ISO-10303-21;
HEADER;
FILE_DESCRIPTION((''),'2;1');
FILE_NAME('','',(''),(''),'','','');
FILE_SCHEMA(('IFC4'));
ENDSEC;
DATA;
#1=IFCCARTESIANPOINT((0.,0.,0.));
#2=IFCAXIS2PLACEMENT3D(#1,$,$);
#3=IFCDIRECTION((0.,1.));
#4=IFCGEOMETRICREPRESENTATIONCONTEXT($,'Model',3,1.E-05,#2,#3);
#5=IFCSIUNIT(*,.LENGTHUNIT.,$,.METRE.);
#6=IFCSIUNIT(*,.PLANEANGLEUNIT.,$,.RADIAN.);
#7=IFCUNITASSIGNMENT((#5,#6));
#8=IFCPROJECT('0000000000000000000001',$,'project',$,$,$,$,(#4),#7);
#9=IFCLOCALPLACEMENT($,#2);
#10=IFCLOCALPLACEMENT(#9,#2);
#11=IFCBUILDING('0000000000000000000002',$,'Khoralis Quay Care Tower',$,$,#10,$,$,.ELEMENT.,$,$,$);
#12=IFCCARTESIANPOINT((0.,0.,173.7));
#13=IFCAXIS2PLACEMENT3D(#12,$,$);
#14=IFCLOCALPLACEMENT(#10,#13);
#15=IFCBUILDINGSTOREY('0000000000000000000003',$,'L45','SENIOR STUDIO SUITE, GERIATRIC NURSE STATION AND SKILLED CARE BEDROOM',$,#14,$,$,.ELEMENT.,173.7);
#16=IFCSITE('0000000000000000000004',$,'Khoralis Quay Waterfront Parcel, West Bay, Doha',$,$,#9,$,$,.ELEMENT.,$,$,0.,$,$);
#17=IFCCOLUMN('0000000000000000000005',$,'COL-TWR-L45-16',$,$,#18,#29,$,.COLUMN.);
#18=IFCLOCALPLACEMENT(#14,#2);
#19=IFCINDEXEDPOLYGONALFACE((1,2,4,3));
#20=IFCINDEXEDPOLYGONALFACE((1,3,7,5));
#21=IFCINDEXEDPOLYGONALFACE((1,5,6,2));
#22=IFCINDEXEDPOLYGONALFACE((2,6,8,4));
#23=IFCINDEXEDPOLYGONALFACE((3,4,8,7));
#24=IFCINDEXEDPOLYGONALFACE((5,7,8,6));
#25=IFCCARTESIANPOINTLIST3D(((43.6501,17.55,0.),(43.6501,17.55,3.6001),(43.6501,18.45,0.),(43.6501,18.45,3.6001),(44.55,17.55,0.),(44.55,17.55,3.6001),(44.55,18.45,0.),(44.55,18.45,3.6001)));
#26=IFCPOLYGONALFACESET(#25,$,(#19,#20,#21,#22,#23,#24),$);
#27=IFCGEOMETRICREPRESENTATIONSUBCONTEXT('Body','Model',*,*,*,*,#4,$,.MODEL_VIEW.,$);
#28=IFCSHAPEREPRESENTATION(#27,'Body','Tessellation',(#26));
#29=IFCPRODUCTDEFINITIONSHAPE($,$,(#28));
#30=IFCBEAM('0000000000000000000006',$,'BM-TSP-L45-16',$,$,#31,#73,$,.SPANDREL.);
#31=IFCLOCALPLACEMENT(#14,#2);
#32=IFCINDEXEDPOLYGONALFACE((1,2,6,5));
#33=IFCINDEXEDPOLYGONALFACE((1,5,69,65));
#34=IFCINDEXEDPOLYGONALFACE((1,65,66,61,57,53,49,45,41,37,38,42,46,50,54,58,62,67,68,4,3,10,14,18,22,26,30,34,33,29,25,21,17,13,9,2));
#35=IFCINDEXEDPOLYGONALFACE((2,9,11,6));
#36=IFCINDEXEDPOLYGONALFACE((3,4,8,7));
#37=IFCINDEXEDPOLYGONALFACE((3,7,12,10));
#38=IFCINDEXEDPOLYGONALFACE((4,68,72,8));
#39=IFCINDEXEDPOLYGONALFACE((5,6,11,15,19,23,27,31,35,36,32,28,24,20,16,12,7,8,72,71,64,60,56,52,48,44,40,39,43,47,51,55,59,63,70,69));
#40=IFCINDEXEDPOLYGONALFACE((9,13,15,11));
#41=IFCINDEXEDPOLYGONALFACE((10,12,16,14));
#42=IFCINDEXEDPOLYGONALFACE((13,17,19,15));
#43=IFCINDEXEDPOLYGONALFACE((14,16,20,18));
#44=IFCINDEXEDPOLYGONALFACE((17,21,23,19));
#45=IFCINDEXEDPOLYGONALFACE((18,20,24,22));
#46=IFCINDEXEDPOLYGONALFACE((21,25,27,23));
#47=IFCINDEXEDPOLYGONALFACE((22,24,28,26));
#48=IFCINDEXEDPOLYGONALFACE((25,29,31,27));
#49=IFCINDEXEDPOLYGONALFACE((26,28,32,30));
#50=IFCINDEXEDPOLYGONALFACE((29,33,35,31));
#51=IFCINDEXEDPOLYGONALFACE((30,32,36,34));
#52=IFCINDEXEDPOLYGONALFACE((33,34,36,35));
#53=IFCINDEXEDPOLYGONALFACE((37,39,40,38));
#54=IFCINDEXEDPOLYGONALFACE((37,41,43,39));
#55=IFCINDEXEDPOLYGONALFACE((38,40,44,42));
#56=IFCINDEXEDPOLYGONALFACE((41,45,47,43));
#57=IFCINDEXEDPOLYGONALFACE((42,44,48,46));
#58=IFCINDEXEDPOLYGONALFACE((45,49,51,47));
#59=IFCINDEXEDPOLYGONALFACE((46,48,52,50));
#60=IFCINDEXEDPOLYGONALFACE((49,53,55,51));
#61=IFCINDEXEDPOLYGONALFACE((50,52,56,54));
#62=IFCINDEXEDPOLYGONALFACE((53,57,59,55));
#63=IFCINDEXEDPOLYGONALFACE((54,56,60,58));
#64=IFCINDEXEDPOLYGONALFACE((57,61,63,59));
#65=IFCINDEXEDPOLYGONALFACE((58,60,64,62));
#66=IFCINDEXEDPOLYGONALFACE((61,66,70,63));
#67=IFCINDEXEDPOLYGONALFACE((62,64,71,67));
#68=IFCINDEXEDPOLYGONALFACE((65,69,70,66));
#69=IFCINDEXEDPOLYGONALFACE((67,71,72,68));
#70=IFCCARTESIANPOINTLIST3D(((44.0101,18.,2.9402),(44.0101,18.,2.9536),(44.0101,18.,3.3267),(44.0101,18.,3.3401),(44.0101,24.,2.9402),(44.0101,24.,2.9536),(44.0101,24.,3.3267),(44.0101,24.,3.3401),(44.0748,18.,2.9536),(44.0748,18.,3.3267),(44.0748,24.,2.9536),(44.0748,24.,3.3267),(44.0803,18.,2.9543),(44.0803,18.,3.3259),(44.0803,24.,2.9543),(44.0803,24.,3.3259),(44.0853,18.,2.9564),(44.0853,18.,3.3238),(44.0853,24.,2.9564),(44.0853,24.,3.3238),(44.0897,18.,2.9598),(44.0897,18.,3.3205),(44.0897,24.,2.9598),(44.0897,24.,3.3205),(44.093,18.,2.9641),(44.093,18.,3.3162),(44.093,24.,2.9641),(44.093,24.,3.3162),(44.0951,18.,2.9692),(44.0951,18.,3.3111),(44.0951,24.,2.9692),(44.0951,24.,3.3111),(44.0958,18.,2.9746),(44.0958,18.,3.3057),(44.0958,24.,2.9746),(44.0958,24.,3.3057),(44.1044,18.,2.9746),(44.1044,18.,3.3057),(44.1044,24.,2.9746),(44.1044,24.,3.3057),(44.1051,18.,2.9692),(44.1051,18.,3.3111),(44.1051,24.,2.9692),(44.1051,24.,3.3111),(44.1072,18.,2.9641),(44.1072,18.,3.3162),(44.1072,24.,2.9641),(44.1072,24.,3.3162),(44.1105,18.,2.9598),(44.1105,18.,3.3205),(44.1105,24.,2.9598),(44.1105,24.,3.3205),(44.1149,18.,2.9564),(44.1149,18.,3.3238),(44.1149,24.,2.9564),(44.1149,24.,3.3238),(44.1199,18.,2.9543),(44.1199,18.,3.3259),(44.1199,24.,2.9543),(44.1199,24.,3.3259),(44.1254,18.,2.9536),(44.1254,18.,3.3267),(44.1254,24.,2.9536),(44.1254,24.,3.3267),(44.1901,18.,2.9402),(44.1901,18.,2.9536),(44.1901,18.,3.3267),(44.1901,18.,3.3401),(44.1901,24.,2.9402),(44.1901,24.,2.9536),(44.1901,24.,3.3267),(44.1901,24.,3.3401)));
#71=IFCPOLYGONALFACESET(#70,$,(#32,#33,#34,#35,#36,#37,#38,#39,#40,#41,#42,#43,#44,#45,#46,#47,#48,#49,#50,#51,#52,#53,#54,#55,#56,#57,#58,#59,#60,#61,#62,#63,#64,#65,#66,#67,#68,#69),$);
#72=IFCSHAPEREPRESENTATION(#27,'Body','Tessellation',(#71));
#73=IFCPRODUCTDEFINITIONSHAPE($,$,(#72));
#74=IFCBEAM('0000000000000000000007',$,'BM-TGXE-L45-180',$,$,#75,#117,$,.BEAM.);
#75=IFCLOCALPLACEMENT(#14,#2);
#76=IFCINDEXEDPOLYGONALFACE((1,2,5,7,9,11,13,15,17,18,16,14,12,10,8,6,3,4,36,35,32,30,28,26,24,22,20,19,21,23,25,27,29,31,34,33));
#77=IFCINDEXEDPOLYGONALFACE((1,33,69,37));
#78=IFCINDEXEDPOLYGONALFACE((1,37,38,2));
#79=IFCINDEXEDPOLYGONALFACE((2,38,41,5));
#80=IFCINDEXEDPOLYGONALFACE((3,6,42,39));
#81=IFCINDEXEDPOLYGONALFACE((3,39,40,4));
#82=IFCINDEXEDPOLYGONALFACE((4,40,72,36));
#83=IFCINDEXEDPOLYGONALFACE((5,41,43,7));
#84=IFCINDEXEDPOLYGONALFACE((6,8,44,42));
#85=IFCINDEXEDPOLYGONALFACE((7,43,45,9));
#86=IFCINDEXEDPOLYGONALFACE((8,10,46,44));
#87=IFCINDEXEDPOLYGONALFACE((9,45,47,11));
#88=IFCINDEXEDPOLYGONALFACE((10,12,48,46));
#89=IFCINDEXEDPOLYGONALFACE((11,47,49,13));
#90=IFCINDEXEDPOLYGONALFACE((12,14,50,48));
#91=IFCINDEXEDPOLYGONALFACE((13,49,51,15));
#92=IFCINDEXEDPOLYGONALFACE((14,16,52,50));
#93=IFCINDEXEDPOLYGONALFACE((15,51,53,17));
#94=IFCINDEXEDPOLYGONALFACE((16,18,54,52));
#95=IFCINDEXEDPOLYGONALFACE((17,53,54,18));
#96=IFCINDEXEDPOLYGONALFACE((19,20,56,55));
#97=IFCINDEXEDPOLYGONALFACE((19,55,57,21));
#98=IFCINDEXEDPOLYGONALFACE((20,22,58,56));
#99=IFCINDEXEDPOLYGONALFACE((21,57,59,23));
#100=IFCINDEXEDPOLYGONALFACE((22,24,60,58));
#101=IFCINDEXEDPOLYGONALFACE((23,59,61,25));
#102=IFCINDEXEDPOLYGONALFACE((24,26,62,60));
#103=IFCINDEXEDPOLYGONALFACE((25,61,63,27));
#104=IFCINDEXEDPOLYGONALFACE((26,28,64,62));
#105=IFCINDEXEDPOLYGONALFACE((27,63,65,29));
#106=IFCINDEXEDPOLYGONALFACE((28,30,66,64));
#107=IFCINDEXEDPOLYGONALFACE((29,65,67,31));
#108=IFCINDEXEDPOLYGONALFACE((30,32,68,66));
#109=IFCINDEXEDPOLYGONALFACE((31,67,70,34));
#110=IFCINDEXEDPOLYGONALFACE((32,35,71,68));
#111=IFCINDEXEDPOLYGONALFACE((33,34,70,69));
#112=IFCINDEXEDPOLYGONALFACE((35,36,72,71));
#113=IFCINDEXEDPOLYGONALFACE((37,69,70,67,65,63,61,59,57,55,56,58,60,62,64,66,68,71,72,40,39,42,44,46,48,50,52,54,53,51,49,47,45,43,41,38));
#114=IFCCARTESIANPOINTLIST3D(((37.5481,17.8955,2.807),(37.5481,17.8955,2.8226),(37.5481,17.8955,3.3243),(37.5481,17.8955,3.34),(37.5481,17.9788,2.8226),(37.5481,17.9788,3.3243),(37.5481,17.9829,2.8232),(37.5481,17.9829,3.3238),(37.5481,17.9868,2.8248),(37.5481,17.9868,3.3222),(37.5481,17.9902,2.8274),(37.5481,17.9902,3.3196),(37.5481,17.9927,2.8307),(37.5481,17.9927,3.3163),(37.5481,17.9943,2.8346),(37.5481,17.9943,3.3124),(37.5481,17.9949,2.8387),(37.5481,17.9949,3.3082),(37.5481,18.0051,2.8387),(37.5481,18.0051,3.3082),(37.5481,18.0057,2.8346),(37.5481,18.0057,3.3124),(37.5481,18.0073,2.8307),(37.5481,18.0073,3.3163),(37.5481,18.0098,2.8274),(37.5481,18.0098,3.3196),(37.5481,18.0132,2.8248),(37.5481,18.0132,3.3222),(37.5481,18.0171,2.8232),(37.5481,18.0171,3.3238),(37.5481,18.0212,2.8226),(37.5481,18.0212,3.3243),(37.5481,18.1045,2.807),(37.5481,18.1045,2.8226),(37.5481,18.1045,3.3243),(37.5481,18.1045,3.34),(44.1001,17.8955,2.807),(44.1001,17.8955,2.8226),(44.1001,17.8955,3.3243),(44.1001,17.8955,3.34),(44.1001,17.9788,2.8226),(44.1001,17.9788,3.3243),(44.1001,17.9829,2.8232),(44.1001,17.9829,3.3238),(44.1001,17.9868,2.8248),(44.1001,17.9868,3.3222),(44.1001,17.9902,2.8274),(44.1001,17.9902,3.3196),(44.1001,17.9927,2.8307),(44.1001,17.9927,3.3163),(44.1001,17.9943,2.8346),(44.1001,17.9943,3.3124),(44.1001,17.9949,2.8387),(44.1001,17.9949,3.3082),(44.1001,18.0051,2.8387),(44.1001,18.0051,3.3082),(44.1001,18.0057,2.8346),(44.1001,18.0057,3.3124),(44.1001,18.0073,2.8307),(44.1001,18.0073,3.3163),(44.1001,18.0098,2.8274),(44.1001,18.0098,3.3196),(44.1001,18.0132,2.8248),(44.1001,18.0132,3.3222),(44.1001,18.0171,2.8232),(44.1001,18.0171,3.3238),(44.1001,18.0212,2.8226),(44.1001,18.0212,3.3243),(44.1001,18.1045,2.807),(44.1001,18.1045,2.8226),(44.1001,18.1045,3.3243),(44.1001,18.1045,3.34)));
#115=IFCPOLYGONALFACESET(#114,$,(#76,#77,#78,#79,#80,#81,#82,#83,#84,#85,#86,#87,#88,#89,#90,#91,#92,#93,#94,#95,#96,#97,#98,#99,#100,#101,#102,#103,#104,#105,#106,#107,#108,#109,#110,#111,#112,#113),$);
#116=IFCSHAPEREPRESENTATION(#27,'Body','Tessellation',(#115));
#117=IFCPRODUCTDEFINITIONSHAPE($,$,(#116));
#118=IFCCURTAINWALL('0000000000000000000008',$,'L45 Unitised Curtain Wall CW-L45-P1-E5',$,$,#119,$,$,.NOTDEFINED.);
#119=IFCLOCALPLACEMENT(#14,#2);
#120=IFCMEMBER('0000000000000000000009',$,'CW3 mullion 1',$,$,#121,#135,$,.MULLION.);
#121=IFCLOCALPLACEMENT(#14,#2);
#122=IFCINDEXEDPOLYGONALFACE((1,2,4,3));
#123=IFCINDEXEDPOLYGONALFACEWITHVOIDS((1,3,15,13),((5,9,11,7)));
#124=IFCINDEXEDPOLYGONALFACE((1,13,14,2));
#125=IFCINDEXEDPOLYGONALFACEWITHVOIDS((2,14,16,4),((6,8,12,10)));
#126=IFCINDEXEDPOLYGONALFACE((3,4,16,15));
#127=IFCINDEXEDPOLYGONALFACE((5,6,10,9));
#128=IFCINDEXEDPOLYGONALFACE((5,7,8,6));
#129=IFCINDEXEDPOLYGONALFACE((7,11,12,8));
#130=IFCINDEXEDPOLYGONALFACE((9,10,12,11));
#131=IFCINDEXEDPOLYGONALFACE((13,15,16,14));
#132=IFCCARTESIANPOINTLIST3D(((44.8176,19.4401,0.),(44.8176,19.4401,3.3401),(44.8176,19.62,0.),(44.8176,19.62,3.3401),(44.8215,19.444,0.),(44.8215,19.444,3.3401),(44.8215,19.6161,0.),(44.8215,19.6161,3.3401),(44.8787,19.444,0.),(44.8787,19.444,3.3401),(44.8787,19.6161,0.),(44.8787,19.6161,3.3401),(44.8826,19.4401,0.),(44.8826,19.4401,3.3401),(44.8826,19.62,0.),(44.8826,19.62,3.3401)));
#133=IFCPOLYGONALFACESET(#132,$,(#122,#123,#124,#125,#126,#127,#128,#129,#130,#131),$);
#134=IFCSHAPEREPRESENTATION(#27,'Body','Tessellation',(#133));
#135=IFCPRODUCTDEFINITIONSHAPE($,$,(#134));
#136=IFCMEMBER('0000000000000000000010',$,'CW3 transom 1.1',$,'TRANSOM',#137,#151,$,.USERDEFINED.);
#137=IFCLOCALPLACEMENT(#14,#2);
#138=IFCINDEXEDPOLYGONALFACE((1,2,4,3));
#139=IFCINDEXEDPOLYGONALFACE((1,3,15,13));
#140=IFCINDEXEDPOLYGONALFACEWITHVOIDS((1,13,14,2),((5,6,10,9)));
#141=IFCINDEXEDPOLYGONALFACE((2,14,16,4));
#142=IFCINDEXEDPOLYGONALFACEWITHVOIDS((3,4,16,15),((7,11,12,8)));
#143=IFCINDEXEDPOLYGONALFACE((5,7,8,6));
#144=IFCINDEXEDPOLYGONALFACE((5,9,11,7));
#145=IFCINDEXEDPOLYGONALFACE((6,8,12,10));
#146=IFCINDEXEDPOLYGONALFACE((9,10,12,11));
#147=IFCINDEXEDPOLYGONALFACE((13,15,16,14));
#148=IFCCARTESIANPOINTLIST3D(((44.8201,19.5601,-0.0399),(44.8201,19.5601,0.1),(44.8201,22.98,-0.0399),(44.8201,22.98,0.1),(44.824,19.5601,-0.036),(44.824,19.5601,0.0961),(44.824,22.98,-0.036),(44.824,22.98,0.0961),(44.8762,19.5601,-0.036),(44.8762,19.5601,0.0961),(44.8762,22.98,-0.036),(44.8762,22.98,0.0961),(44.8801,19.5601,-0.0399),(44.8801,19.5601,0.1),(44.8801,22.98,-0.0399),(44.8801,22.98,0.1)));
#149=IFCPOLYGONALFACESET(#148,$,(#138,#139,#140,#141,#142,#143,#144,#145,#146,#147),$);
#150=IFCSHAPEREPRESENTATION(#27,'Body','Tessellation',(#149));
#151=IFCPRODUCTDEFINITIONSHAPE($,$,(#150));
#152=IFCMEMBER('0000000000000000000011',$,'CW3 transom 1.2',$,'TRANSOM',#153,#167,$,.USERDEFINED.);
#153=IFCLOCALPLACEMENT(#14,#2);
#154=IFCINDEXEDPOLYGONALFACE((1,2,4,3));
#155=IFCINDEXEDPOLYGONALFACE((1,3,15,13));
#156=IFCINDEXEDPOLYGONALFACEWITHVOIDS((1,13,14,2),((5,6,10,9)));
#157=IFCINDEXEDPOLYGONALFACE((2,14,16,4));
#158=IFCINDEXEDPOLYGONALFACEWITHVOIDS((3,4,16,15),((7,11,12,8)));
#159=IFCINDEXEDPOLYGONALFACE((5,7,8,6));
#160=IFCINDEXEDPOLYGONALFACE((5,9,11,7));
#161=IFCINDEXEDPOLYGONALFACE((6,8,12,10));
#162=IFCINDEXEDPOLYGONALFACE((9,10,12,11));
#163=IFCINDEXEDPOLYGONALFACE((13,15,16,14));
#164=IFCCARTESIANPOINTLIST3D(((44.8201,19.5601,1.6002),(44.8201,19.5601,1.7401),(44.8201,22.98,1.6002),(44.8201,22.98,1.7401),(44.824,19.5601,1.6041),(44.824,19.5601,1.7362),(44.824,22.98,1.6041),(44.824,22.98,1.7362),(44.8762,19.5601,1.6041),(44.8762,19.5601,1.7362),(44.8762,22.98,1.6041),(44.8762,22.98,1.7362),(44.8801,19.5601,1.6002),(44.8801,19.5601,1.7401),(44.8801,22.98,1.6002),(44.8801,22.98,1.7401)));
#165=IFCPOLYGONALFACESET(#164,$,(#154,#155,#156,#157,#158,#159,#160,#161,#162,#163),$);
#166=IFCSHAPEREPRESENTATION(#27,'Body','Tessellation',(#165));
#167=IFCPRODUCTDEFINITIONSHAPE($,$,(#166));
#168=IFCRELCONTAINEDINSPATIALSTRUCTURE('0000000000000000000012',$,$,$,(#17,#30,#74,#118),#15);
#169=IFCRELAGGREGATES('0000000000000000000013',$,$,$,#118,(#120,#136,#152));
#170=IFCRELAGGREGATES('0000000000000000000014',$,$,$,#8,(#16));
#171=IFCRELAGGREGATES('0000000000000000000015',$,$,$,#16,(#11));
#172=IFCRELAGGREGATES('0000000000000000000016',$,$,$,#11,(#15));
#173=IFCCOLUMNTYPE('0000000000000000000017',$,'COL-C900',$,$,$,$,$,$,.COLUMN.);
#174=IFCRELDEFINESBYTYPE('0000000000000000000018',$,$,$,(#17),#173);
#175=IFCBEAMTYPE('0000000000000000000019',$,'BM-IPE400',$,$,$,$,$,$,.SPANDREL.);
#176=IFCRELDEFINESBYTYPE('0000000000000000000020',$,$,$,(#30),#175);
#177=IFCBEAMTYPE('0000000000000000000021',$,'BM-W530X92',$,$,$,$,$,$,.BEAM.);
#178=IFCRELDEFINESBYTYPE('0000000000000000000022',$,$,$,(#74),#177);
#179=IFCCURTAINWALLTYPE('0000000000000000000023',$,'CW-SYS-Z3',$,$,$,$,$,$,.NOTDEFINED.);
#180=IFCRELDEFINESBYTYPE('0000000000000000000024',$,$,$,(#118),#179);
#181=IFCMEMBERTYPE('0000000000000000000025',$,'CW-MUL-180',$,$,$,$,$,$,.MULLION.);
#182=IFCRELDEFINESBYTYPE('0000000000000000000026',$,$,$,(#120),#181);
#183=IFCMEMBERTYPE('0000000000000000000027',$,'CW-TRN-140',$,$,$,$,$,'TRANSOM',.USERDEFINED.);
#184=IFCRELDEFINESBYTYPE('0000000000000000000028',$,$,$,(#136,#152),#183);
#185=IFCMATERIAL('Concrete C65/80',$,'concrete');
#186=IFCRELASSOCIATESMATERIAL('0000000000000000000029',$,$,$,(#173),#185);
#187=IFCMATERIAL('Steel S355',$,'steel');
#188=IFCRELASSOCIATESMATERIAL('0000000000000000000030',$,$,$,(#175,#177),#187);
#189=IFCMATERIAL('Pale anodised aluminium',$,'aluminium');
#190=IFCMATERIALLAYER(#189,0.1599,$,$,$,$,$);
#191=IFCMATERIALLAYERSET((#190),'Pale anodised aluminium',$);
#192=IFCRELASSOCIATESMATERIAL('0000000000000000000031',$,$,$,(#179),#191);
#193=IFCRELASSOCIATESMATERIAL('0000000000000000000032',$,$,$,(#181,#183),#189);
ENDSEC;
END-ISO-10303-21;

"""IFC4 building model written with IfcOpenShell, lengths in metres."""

from ifc_helpers import new_model, si_unit, direction, frame, origin, origin_2d, place, context, subcontext, project, spatial, rectangle, hollow_rectangle, i_section, extrude, source, transform, mapped, material, layer, layer_set, material_profile, profile_set, type_object, element, aggregate, save


model = new_model("IFC4")

# Units and contexts
model_context = context("Model", 3, precision=1e-05, world=origin(), true_north=direction((0.0, 1.0)))
body_context = subcontext(model_context, "Body", "Model", "MODEL_VIEW")
ifc_project = project(units=[si_unit("LENGTHUNIT", "METRE"), si_unit("PLANEANGLEUNIT", "RADIAN")], contexts=[model_context])

# Site, building, storey
site_placement = place(None, origin())
site = spatial("IfcSite", under=ifc_project, at=site_placement, Name="Khoralis Quay Waterfront Parcel, West Bay, Doha", CompositionType="ELEMENT", RefElevation=0.0)
building_placement = place(site_placement, origin())
building = spatial("IfcBuilding", under=site, at=building_placement, Name="Khoralis Quay Care Tower", CompositionType="ELEMENT")
storey_placement = place(building_placement, frame((0.0, 0.0, 173.7)))
storey = spatial("IfcBuildingStorey", under=building, at=storey_placement, Name="L45", Description="SENIOR STUDIO SUITE, GERIATRIC NURSE STATION AND SKILLED CARE BEDROOM", CompositionType="ELEMENT", Elevation=173.7)

# Column
ifc_material_1 = material(Name="Concrete C65/80", Category="concrete")
ifc_material_profile_1 = material_profile(ifc_material_1, rectangle(XDim=0.8999, YDim=0.8999, at=origin_2d()), Name="Concrete C65/80")
ifc_profile_set_1 = profile_set([ifc_material_profile_1], Name="Concrete C65/80")
column_type = type_object("IfcColumnType", Name="COL-C900", PredefinedType="COLUMN", material=ifc_profile_set_1)
shared_shape_1 = source(origin(), body_context, "Body", "SweptSolid", [
    extrude(rectangle(XDim=0.8999, YDim=0.8999, at=origin_2d()), origin(), (0.0, 0.0, 1.0), 3.6001),
])
column_placement = place(storey_placement, frame((44.1001, 18.0, 0.0), z_axis=(0.0, 0.0, 1.0), x_axis=(1.0, 0.0, 0.0)))
element("IfcColumn", 1, at=column_placement, inside=storey, type_object=column_type, Name="COL-TWR-L45-16", PredefinedType="COLUMN", context=body_context, shape_type="MappedRepresentation", body=[
    mapped(shared_shape_1, transform((0.0, 0.0, 0.0), scale=1.0)),
])

# Beams
ifc_material_2 = material(Name="Steel S355", Category="steel")
ifc_material_profile_2 = material_profile(ifc_material_2, i_section(OverallWidth=0.1799, OverallDepth=0.3999, WebThickness=0.0085, FlangeThickness=0.0134, FilletRadius=0.021, at=origin_2d()), Name="Steel S355")
ifc_profile_set_2 = profile_set([ifc_material_profile_2], Name="Steel S355")
beam_type_1 = type_object("IfcBeamType", Name="BM-IPE400", PredefinedType="SPANDREL", material=ifc_profile_set_2)
shared_shape_2 = source(origin(), body_context, "Body", "SweptSolid", [
    extrude(i_section(OverallWidth=0.1799, OverallDepth=0.3999, WebThickness=0.0085, FlangeThickness=0.0134, FilletRadius=0.021, at=origin_2d()), origin(), (0.0, 0.0, 1.0), 6.0),
])
beam_1_placement = place(storey_placement, frame((44.1001, 18.0, 3.1401), z_axis=(0.0, 1.0, 0.0), x_axis=(-1.0, 0.0, 0.0)))
element("IfcBeam", 2, at=beam_1_placement, inside=storey, type_object=beam_type_1, Name="BM-TSP-L45-16", PredefinedType="SPANDREL", context=body_context, shape_type="MappedRepresentation", body=[
    mapped(shared_shape_2, transform((0.0, 0.0, 0.0), scale=1.0)),
])
ifc_material_profile_3 = material_profile(ifc_material_2, i_section(OverallWidth=0.209, OverallDepth=0.533, WebThickness=0.0103, FlangeThickness=0.0156, FilletRadius=0.0161, at=origin_2d()), Name="Steel S355")
ifc_profile_set_3 = profile_set([ifc_material_profile_3], Name="Steel S355")
beam_type_2 = type_object("IfcBeamType", Name="BM-W530X92", PredefinedType="BEAM", material=ifc_profile_set_3)
shared_shape_3 = source(origin(), body_context, "Body", "SweptSolid", [
    extrude(i_section(OverallWidth=0.209, OverallDepth=0.533, WebThickness=0.0103, FlangeThickness=0.0156, FilletRadius=0.0161, at=origin_2d()), origin(), (0.0, 0.0, 1.0), 6.552),
])
beam_2_placement = place(storey_placement, frame((37.5481, 18.0, 3.0735), z_axis=(1.0, 0.0, 0.0), x_axis=(0.0, 1.0, 0.0)))
element("IfcBeam", 3, at=beam_2_placement, inside=storey, type_object=beam_type_2, Name="BM-TGXE-L45-180", PredefinedType="BEAM", context=body_context, shape_type="MappedRepresentation", body=[
    mapped(shared_shape_3, transform((0.0, 0.0, 0.0), scale=1.0)),
])

# Curtain wall, members
ifc_material_3 = material(Name="Pale anodised aluminium", Category="aluminium")
ifc_layer_1 = layer(ifc_material_3, 0.1599)
ifc_layer_set_1 = layer_set([ifc_layer_1], Name="Pale anodised aluminium")
curtain_wall_type = type_object("IfcCurtainWallType", Name="CW-SYS-Z3", PredefinedType="NOTDEFINED", material=ifc_layer_set_1)
curtain_wall_placement = place(storey_placement, origin())
curtain_wall = element("IfcCurtainWall", 4, at=curtain_wall_placement, inside=storey, type_object=curtain_wall_type, Name="L45 Unitised Curtain Wall CW-L45-P1-E5", PredefinedType="NOTDEFINED")
ifc_material_profile_4 = material_profile(ifc_material_3, hollow_rectangle(XDim=0.0649, YDim=0.1799, WallThickness=0.0039, at=origin_2d()), Name="Pale anodised aluminium")
ifc_profile_set_4 = profile_set([ifc_material_profile_4], Name="Pale anodised aluminium")
member_type_1 = type_object("IfcMemberType", Name="CW-MUL-180", PredefinedType="MULLION", material=ifc_profile_set_4)
shared_shape_4 = source(origin(), body_context, "Body", "SweptSolid", [
    extrude(hollow_rectangle(XDim=0.0649, YDim=0.1799, WallThickness=0.0039, at=origin_2d()), origin(), (0.0, 0.0, 1.0), 3.3401),
])
member_1_placement = place(storey_placement, frame((44.8501, 19.53, 0.0), z_axis=(0.0, 0.0, 1.0), x_axis=(-1.0, 0.0, 0.0)))
member_1 = element("IfcMember", 5, at=member_1_placement, type_object=member_type_1, Name="CW3 mullion 1", PredefinedType="MULLION", context=body_context, shape_type="MappedRepresentation", body=[
    mapped(shared_shape_4, transform((0.0, 0.0, 0.0), scale=1.0)),
])
ifc_material_profile_5 = material_profile(ifc_material_3, hollow_rectangle(XDim=0.0601, YDim=0.1399, WallThickness=0.0039, at=origin_2d()), Name="Pale anodised aluminium")
ifc_profile_set_5 = profile_set([ifc_material_profile_5], Name="Pale anodised aluminium")
member_type_2 = type_object("IfcMemberType", Name="CW-TRN-140", ElementType="TRANSOM", PredefinedType="USERDEFINED", material=ifc_profile_set_5)
shared_shape_5 = source(origin(), body_context, "Body", "SweptSolid", [
    extrude(hollow_rectangle(XDim=0.0601, YDim=0.1399, WallThickness=0.0039, at=origin_2d()), origin(), (0.0, 0.0, 1.0), 3.4199),
])
member_2_placement = place(storey_placement, frame((44.8501, 19.5601, 0.03), z_axis=(0.0, 1.0, 0.0), x_axis=(-1.0, 0.0, 0.0)))
member_2 = element("IfcMember", 6, at=member_2_placement, type_object=member_type_2, Name="CW3 transom 1.1", ObjectType="TRANSOM", PredefinedType="USERDEFINED", context=body_context, shape_type="MappedRepresentation", body=[
    mapped(shared_shape_5, transform((0.0, 0.0, 0.0), scale=1.0)),
])
member_3_placement = place(storey_placement, frame((44.8501, 19.5601, 1.6702), z_axis=(0.0, 1.0, 0.0), x_axis=(-1.0, 0.0, 0.0)))
member_3 = element("IfcMember", 7, at=member_3_placement, type_object=member_type_2, Name="CW3 transom 1.2", ObjectType="TRANSOM", PredefinedType="USERDEFINED", context=body_context, shape_type="MappedRepresentation", body=[
    mapped(shared_shape_5, transform((0.0, 0.0, 0.0), scale=1.0)),
])
aggregate(curtain_wall, [member_1, member_2, member_3])

save(model, "model.ifc")
